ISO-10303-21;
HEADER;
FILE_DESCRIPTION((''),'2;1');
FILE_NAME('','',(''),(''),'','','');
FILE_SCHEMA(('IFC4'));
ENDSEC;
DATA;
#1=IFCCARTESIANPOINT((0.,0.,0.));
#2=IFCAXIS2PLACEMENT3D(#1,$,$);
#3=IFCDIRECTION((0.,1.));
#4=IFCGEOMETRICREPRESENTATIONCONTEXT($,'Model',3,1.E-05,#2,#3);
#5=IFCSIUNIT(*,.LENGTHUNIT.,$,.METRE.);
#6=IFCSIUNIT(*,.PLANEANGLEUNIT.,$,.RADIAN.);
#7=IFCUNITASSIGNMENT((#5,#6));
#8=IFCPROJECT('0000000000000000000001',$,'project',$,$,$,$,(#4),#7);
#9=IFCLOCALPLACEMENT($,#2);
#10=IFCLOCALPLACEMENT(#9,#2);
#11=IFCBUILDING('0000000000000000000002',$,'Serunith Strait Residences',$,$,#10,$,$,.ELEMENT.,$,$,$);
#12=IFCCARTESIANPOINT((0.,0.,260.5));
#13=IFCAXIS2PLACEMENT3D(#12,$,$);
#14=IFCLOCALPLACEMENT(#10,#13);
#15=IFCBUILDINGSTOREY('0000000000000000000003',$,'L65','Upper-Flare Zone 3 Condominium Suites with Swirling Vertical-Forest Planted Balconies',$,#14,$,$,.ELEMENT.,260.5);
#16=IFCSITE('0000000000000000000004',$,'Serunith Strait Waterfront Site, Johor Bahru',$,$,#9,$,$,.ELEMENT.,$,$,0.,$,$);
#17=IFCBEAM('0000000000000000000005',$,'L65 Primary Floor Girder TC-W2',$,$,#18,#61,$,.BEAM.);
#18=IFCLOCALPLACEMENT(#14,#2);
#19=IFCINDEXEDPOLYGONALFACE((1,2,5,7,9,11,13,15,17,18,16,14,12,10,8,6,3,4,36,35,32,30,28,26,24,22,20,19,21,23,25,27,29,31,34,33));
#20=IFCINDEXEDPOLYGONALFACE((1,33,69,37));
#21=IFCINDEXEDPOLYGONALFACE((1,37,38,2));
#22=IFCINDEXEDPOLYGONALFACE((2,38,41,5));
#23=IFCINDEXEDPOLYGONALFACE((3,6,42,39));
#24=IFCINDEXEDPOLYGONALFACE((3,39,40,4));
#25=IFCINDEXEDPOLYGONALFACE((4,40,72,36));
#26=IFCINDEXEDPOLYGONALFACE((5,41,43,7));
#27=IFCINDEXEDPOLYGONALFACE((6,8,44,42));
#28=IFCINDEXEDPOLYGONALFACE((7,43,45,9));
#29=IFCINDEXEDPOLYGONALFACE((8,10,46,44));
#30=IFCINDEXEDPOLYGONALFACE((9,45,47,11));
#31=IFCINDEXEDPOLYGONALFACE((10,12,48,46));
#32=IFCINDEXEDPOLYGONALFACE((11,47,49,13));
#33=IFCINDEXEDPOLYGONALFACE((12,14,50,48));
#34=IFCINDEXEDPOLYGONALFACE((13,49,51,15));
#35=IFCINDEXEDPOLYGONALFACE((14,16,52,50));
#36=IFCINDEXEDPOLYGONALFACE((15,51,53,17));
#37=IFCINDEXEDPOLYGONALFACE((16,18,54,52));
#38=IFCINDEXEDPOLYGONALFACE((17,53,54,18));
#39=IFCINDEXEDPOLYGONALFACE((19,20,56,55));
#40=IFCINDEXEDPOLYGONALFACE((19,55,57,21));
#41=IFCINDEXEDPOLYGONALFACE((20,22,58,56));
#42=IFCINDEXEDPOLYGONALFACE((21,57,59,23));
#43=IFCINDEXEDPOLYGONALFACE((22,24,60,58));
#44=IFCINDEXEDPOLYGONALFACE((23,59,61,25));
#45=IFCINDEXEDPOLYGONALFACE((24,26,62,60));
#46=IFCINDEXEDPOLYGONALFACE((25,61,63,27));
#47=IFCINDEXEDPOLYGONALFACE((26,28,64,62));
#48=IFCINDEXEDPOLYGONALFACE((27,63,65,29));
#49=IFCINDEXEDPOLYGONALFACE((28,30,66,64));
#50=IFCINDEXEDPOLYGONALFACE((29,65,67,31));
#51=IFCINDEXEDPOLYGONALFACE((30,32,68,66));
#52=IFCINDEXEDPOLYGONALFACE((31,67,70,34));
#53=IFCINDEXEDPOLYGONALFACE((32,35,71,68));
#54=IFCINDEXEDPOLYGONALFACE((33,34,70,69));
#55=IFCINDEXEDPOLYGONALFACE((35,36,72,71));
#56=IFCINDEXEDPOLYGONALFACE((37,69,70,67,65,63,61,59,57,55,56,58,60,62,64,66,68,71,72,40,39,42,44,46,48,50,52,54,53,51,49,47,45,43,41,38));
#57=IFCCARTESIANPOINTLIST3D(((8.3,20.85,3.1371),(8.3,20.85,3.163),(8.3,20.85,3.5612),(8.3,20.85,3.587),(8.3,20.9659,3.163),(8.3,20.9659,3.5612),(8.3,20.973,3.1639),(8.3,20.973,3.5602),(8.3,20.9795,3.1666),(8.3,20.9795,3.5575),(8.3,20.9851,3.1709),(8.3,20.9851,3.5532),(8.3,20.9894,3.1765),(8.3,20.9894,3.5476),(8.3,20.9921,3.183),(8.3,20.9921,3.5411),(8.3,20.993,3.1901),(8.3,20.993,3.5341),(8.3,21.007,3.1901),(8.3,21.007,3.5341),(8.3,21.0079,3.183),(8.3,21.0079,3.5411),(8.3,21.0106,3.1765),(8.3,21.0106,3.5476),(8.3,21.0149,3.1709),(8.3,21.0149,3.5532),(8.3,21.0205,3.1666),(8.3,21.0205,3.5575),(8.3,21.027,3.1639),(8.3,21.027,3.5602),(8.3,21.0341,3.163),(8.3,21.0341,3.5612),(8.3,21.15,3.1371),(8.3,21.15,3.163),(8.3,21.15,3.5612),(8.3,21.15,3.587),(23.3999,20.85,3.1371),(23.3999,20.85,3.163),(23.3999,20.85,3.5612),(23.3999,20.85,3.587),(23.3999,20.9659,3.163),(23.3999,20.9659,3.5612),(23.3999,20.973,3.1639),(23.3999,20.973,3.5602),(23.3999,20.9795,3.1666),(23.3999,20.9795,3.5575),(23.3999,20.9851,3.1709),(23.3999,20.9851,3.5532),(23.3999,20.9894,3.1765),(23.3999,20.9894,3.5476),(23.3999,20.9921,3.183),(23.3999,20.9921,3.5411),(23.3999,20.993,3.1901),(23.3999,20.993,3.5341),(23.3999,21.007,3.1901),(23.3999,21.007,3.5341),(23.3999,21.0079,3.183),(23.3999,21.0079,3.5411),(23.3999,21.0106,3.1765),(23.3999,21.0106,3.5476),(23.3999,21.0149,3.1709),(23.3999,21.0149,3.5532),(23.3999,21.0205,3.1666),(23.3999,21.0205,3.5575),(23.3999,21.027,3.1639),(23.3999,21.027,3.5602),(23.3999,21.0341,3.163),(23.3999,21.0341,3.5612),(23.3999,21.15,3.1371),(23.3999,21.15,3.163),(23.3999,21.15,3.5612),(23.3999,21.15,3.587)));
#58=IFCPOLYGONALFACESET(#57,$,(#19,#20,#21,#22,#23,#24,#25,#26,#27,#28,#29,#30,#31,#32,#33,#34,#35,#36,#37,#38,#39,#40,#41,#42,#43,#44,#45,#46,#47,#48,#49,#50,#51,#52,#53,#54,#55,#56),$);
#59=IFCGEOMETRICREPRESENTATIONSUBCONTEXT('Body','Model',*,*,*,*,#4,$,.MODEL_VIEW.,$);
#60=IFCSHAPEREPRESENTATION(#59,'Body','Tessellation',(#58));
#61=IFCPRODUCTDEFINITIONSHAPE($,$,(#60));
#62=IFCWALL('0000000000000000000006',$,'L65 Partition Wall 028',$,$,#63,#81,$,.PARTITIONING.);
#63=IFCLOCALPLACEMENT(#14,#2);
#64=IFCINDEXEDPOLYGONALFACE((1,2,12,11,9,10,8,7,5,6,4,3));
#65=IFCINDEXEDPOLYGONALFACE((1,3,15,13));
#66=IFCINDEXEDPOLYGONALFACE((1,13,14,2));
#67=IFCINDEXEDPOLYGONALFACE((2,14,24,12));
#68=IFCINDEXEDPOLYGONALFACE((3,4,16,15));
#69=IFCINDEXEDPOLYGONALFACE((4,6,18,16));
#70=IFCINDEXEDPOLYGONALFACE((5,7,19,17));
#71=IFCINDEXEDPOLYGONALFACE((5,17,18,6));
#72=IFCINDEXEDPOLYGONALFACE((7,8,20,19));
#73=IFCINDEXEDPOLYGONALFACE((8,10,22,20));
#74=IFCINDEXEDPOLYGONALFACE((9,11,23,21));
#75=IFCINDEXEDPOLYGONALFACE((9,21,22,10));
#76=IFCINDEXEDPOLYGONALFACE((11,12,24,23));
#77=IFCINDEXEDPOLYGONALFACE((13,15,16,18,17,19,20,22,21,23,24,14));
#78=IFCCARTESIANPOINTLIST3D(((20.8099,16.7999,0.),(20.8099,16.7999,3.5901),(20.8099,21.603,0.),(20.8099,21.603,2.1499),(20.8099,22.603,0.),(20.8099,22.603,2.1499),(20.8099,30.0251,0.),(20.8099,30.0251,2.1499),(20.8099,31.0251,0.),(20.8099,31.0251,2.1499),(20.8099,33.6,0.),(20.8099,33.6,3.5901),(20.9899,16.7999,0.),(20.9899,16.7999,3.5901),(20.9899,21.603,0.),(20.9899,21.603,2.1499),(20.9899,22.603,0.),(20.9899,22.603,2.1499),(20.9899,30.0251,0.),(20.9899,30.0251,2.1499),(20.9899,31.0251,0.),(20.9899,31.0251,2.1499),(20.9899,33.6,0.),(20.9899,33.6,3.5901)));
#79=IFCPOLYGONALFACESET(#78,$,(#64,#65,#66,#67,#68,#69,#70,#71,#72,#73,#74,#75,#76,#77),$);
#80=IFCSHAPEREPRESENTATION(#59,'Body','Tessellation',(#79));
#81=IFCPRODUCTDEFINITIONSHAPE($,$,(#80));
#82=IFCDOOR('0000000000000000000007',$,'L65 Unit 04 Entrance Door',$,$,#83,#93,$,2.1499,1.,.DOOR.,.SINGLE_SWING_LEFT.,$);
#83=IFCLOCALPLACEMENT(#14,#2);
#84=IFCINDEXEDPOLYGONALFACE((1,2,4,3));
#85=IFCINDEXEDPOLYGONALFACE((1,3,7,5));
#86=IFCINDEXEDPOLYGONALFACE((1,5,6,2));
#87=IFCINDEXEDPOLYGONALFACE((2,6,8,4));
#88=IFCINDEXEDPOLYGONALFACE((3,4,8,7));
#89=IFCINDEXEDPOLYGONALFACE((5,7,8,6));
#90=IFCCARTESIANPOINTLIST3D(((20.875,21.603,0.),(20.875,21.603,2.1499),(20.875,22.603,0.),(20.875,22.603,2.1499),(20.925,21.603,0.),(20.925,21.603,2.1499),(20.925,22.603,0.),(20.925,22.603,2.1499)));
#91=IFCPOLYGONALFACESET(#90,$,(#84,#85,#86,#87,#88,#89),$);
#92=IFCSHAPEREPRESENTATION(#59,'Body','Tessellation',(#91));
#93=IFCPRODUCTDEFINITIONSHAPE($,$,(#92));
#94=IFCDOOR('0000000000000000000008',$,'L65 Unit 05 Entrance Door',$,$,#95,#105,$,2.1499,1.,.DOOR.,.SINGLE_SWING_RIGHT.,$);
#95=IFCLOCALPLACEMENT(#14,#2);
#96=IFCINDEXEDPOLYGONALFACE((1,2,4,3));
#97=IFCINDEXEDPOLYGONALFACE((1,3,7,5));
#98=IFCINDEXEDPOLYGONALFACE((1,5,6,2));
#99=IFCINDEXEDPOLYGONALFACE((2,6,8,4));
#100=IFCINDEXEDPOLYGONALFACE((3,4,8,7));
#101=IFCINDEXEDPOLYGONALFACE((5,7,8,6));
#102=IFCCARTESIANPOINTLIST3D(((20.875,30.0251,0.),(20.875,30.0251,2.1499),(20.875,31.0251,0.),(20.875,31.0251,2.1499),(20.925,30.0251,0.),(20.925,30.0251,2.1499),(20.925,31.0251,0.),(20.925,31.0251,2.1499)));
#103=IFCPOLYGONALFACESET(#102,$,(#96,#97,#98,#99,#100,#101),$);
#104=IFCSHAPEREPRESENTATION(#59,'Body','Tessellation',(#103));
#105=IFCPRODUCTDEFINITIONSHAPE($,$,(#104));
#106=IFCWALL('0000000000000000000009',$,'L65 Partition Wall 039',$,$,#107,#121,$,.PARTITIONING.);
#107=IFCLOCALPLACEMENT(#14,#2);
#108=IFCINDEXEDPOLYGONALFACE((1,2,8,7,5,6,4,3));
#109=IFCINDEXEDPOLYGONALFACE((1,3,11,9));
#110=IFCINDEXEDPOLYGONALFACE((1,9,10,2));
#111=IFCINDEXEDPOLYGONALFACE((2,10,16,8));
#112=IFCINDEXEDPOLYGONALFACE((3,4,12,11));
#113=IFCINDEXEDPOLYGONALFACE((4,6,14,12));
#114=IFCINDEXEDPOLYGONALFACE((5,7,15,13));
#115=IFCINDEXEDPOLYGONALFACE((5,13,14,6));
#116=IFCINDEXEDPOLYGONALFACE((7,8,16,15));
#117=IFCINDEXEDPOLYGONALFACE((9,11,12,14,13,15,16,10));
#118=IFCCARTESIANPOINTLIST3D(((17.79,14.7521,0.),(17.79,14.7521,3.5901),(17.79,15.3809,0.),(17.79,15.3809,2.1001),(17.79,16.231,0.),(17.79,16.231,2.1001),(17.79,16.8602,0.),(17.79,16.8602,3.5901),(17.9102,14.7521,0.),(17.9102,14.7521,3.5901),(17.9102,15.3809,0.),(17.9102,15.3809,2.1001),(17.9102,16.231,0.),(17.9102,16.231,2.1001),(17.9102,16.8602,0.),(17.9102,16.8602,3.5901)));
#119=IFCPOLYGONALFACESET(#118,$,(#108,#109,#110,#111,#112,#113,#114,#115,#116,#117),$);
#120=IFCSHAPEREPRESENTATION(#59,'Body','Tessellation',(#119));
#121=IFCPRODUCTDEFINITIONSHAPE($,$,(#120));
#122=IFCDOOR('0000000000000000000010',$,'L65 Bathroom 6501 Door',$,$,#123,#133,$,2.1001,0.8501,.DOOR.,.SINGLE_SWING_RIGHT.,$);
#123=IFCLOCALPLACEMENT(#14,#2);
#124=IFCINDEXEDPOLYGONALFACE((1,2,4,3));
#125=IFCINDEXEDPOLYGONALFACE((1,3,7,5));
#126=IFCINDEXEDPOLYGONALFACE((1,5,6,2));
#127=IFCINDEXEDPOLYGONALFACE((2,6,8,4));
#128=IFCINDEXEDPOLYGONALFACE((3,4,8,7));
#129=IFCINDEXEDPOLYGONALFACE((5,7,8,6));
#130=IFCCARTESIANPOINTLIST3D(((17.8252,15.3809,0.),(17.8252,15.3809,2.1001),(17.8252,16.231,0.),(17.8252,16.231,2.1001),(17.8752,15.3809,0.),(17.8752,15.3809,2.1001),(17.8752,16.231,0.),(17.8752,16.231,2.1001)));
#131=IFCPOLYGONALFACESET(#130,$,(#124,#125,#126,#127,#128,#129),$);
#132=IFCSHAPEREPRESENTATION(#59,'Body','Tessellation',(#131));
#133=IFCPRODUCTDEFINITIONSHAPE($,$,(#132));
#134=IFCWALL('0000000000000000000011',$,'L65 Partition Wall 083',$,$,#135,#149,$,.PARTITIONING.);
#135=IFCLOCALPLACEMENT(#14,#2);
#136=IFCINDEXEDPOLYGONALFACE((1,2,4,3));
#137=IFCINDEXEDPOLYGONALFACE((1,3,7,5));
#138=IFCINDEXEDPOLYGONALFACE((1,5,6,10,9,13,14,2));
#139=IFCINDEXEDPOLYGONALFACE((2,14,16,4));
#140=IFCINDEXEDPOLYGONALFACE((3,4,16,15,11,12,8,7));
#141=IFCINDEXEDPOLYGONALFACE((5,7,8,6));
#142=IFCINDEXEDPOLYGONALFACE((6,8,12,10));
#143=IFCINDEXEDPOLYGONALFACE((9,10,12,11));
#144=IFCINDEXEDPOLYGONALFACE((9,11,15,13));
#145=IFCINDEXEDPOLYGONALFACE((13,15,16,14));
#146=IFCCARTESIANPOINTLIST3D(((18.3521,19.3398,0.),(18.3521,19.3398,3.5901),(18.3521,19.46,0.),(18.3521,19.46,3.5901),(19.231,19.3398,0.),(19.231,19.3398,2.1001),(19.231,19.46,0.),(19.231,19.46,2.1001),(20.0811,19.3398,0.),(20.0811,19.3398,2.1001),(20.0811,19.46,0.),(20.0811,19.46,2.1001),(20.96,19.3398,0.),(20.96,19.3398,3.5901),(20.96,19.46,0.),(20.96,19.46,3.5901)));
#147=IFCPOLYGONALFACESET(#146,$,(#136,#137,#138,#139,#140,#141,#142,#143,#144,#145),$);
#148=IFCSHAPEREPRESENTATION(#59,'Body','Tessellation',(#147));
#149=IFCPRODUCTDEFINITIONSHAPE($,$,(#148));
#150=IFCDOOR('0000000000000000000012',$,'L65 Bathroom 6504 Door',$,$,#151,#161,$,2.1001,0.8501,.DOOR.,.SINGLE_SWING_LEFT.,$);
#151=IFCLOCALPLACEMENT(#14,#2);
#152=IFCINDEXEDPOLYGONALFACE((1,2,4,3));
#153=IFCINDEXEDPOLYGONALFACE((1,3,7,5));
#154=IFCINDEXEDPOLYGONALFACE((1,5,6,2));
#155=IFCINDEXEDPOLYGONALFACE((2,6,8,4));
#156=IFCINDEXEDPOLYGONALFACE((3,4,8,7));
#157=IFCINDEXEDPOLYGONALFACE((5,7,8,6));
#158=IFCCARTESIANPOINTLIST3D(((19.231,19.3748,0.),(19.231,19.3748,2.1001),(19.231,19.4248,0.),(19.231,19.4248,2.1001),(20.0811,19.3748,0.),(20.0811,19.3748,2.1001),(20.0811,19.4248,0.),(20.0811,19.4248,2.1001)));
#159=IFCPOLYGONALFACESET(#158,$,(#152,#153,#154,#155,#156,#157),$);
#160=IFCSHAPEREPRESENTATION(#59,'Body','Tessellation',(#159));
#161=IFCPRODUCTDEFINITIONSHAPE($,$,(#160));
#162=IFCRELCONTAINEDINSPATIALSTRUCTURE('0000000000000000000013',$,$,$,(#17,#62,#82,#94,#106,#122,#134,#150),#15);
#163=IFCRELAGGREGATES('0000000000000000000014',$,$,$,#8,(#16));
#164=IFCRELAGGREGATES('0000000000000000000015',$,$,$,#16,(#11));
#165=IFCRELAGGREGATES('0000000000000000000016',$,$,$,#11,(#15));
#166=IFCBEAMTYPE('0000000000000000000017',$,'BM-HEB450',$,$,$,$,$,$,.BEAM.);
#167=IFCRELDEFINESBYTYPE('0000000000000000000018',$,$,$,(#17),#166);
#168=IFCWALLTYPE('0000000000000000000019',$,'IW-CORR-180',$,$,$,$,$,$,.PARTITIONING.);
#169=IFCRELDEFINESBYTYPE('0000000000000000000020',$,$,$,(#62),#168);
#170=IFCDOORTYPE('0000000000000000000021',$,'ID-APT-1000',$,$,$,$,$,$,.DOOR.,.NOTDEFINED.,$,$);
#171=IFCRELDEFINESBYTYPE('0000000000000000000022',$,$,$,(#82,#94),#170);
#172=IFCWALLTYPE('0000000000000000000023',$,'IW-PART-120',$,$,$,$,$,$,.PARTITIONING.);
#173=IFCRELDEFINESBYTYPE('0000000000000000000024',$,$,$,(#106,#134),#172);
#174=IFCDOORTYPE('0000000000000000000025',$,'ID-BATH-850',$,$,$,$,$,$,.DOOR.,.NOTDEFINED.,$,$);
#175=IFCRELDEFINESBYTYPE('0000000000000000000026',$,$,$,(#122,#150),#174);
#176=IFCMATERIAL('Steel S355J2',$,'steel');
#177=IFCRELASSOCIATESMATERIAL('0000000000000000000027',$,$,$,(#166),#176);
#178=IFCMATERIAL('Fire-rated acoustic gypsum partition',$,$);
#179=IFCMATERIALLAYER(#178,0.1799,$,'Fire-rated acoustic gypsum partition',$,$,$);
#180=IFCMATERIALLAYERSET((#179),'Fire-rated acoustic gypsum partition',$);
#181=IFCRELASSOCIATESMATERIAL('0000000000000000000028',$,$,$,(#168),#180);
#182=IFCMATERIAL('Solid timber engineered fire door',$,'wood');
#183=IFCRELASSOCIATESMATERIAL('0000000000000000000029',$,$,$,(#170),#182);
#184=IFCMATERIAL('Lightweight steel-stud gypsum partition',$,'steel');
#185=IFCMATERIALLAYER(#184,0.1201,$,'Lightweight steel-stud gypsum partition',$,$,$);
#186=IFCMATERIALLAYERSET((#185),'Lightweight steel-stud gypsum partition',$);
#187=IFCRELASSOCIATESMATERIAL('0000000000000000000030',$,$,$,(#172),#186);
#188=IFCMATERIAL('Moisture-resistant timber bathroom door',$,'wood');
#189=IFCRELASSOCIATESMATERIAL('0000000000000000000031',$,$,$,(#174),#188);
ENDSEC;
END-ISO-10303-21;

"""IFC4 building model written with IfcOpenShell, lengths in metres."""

from ifc_helpers import new_model, si_unit, direction, frame, frame_2d, origin, origin_2d, place, context, subcontext, project, spatial, rectangle, i_section, extrude, source, transform, mapped, material, layer, layer_set, material_profile, profile_set, type_object, element, fill, save


model = new_model("IFC4")

# Units and contexts
model_context = context("Model", 3, precision=1e-05, world=origin(), true_north=direction((0.0, 1.0)))
body_context = subcontext(model_context, "Body", "Model", "MODEL_VIEW")
ifc_project = project(units=[si_unit("LENGTHUNIT", "METRE"), si_unit("PLANEANGLEUNIT", "RADIAN")], contexts=[model_context])

# Site, building, storey
site_placement = place(None, origin())
site = spatial("IfcSite", under=ifc_project, at=site_placement, Name="Serunith Strait Waterfront Site, Johor Bahru", CompositionType="ELEMENT", RefElevation=0.0)
building_placement = place(site_placement, origin())
building = spatial("IfcBuilding", under=site, at=building_placement, Name="Serunith Strait Residences", CompositionType="ELEMENT")
storey_placement = place(building_placement, frame((0.0, 0.0, 260.5)))
storey = spatial("IfcBuildingStorey", under=building, at=storey_placement, Name="L65", Description="Upper-Flare Zone 3 Condominium Suites with Swirling Vertical-Forest Planted Balconies", CompositionType="ELEMENT", Elevation=260.5)

# Beam
ifc_material_1 = material(Name="Steel S355J2", Category="steel")
ifc_material_profile = material_profile(ifc_material_1, i_section(OverallWidth=0.3, OverallDepth=0.45, WebThickness=0.0139, FlangeThickness=0.0259, FilletRadius=0.0271, at=origin_2d()), Name="HEB 450")
ifc_profile_set = profile_set([ifc_material_profile], Name="Steel S355J2")
beam_type = type_object("IfcBeamType", Name="BM-HEB450", PredefinedType="BEAM", material=ifc_profile_set)
shared_shape_1 = source(origin(), body_context, "Body", "SweptSolid", [
    extrude(i_section(OverallWidth=0.3, OverallDepth=0.45, WebThickness=0.0139, FlangeThickness=0.0259, FilletRadius=0.0271, at=origin_2d()), origin(), (0.0, 0.0, 1.0), 15.0999),
])
beam_placement = place(storey_placement, frame((23.3999, 21.0, 3.3621), z_axis=(-1.0, 0.0, 0.0), x_axis=(0.0, -1.0, 0.0)))
element("IfcBeam", 1, at=beam_placement, inside=storey, type_object=beam_type, Name="L65 Primary Floor Girder TC-W2", PredefinedType="BEAM", context=body_context, shape_type="MappedRepresentation", body=[
    mapped(shared_shape_1, transform((0.0, 0.0, 0.0), scale=1.0)),
])

# Shared definitions
ifc_material_2 = material(Name="Fire-rated acoustic gypsum partition")
ifc_layer_1 = layer(ifc_material_2, 0.1799, Name="Fire-rated acoustic gypsum partition")
ifc_layer_set_1 = layer_set([ifc_layer_1], Name="Fire-rated acoustic gypsum partition")
wall_type_1 = type_object("IfcWallType", Name="IW-CORR-180", PredefinedType="PARTITIONING", material=ifc_layer_set_1)
ifc_material_3 = material(Name="Solid timber engineered fire door", Category="wood")
door_type_1 = type_object("IfcDoorType", Name="ID-APT-1000", OperationType="NOTDEFINED", PredefinedType="DOOR", material=ifc_material_3)
shared_shape_2 = source(origin(), body_context, "Body", "SweptSolid", [
    extrude(rectangle(XDim=1.0, YDim=2.1499, at=frame_2d((0.5, 1.075))), frame((0.0, 0.0249, 0.0), z_axis=(0.0, -1.0, 0.0), x_axis=(1.0, 0.0, 0.0)), (0.0, 0.0, 1.0), 0.05),
])

# Wall, openings, doors
wall_1_placement = place(storey_placement, frame((20.8999, 16.8, 0.0), z_axis=(0.0, 0.0, 1.0), x_axis=(0.0, 1.0, 0.0)))
wall_1 = element("IfcWall", 2, at=wall_1_placement, inside=storey, type_object=wall_type_1, Name="L65 Partition Wall 028", PredefinedType="PARTITIONING", context=body_context, shape_type="SweptSolid", body=[
    extrude(rectangle(XDim=16.8, YDim=0.1799, at=frame_2d((8.3999, 0.0))), origin(), (0.0, 0.0, 1.0), 3.5901),
])
opening_1_placement = place(wall_1_placement, frame((4.803, 0.0, 0.0)))
opening_1 = element("IfcOpeningElement", 3, at=opening_1_placement, cuts=wall_1, PredefinedType="OPENING", context=body_context, shape_type="SweptSolid", body=[
    extrude(rectangle(XDim=1.0, YDim=2.1499, at=frame_2d((0.5, 1.075))), frame((0.0, 0.1001, 0.0), z_axis=(0.0, -1.0, 0.0), x_axis=(1.0, 0.0, 0.0)), (0.0, 0.0, 1.0), 0.2),
])
opening_2_placement = place(wall_1_placement, frame((13.2251, 0.0, 0.0)))
opening_2 = element("IfcOpeningElement", 4, at=opening_2_placement, cuts=wall_1, PredefinedType="OPENING", context=body_context, shape_type="SweptSolid", body=[
    extrude(rectangle(XDim=1.0, YDim=2.1499, at=frame_2d((0.5, 1.075))), frame((0.0, 0.1001, 0.0), z_axis=(0.0, -1.0, 0.0), x_axis=(1.0, 0.0, 0.0)), (0.0, 0.0, 1.0), 0.2),
])
door_1_placement = place(opening_1_placement, origin())
door_1 = element("IfcDoor", 5, at=door_1_placement, inside=storey, type_object=door_type_1, Name="L65 Unit 04 Entrance Door", OperationType="SINGLE_SWING_LEFT", OverallHeight=2.1499, OverallWidth=1.0, PredefinedType="DOOR", context=body_context, shape_type="MappedRepresentation", body=[
    mapped(shared_shape_2, transform((0.0, 0.0, 0.0), scale=1.0)),
])
fill(opening_1, door_1)
door_2_placement = place(opening_2_placement, origin())
door_2 = element("IfcDoor", 6, at=door_2_placement, inside=storey, type_object=door_type_1, Name="L65 Unit 05 Entrance Door", OperationType="SINGLE_SWING_RIGHT", OverallHeight=2.1499, OverallWidth=1.0, PredefinedType="DOOR", context=body_context, shape_type="MappedRepresentation", body=[
    mapped(shared_shape_2, transform((0.0, 0.0, 0.0), scale=1.0)),
])
fill(opening_2, door_2)

# Walls, openings, doors
ifc_material_4 = material(Name="Lightweight steel-stud gypsum partition", Category="steel")
ifc_layer_2 = layer(ifc_material_4, 0.1201, Name="Lightweight steel-stud gypsum partition")
ifc_layer_set_2 = layer_set([ifc_layer_2], Name="Lightweight steel-stud gypsum partition")
wall_type_2 = type_object("IfcWallType", Name="IW-PART-120", PredefinedType="PARTITIONING", material=ifc_layer_set_2)
wall_2_placement = place(storey_placement, frame((17.8501, 14.752, 0.0), z_axis=(0.0, 0.0, 1.0), x_axis=(0.0, 1.0, 0.0)))
wall_2 = element("IfcWall", 7, at=wall_2_placement, inside=storey, type_object=wall_type_2, Name="L65 Partition Wall 039", PredefinedType="PARTITIONING", context=body_context, shape_type="SweptSolid", body=[
    extrude(rectangle(XDim=2.1082, YDim=0.1201, at=frame_2d((1.0542, 0.0))), origin(), (0.0, 0.0, 1.0), 3.5901),
])
opening_3_placement = place(wall_2_placement, frame((0.6289, 0.0, 0.0)))
opening_3 = element("IfcOpeningElement", 8, at=opening_3_placement, cuts=wall_2, PredefinedType="OPENING", context=body_context, shape_type="SweptSolid", body=[
    extrude(rectangle(XDim=0.8501, YDim=2.1001, at=frame_2d((0.425, 1.05))), frame((0.0, 0.0701, 0.0), z_axis=(0.0, -1.0, 0.0), x_axis=(1.0, 0.0, 0.0)), (0.0, 0.0, 1.0), 0.1401),
])
ifc_material_5 = material(Name="Moisture-resistant timber bathroom door", Category="wood")
door_type_2 = type_object("IfcDoorType", Name="ID-BATH-850", OperationType="NOTDEFINED", PredefinedType="DOOR", material=ifc_material_5)
shared_shape_3 = source(origin(), body_context, "Body", "SweptSolid", [
    extrude(rectangle(XDim=0.8501, YDim=2.1001, at=frame_2d((0.425, 1.05))), frame((0.0, 0.0249, 0.0), z_axis=(0.0, -1.0, 0.0), x_axis=(1.0, 0.0, 0.0)), (0.0, 0.0, 1.0), 0.05),
])
door_3_placement = place(opening_3_placement, origin())
door_3 = element("IfcDoor", 9, at=door_3_placement, inside=storey, type_object=door_type_2, Name="L65 Bathroom 6501 Door", OperationType="SINGLE_SWING_RIGHT", OverallHeight=2.1001, OverallWidth=0.8501, PredefinedType="DOOR", context=body_context, shape_type="MappedRepresentation", body=[
    mapped(shared_shape_3, transform((0.0, 0.0, 0.0), scale=1.0)),
])
fill(opening_3, door_3)
wall_3_placement = place(storey_placement, frame((18.3521, 19.3999, 0.0), z_axis=(0.0, 0.0, 1.0), x_axis=(1.0, 0.0, 0.0)))
wall_3 = element("IfcWall", 10, at=wall_3_placement, inside=storey, type_object=wall_type_2, Name="L65 Partition Wall 083", PredefinedType="PARTITIONING", context=body_context, shape_type="SweptSolid", body=[
    extrude(rectangle(XDim=2.6079, YDim=0.1201, at=frame_2d((1.304, 0.0))), origin(), (0.0, 0.0, 1.0), 3.5901),
])
opening_4_placement = place(wall_3_placement, frame((0.8789, 0.0, 0.0)))
opening_4 = element("IfcOpeningElement", 11, at=opening_4_placement, cuts=wall_3, PredefinedType="OPENING", context=body_context, shape_type="SweptSolid", body=[
    extrude(rectangle(XDim=0.8501, YDim=2.1001, at=frame_2d((0.425, 1.05))), frame((0.0, 0.0701, 0.0), z_axis=(0.0, -1.0, 0.0), x_axis=(1.0, 0.0, 0.0)), (0.0, 0.0, 1.0), 0.1401),
])
door_4_placement = place(opening_4_placement, origin())
door_4 = element("IfcDoor", 12, at=door_4_placement, inside=storey, type_object=door_type_2, Name="L65 Bathroom 6504 Door", OperationType="SINGLE_SWING_LEFT", OverallHeight=2.1001, OverallWidth=0.8501, PredefinedType="DOOR", context=body_context, shape_type="MappedRepresentation", body=[
    mapped(shared_shape_3, transform((0.0, 0.0, 0.0), scale=1.0)),
])
fill(opening_4, door_4)

save(model, "model.ifc")
